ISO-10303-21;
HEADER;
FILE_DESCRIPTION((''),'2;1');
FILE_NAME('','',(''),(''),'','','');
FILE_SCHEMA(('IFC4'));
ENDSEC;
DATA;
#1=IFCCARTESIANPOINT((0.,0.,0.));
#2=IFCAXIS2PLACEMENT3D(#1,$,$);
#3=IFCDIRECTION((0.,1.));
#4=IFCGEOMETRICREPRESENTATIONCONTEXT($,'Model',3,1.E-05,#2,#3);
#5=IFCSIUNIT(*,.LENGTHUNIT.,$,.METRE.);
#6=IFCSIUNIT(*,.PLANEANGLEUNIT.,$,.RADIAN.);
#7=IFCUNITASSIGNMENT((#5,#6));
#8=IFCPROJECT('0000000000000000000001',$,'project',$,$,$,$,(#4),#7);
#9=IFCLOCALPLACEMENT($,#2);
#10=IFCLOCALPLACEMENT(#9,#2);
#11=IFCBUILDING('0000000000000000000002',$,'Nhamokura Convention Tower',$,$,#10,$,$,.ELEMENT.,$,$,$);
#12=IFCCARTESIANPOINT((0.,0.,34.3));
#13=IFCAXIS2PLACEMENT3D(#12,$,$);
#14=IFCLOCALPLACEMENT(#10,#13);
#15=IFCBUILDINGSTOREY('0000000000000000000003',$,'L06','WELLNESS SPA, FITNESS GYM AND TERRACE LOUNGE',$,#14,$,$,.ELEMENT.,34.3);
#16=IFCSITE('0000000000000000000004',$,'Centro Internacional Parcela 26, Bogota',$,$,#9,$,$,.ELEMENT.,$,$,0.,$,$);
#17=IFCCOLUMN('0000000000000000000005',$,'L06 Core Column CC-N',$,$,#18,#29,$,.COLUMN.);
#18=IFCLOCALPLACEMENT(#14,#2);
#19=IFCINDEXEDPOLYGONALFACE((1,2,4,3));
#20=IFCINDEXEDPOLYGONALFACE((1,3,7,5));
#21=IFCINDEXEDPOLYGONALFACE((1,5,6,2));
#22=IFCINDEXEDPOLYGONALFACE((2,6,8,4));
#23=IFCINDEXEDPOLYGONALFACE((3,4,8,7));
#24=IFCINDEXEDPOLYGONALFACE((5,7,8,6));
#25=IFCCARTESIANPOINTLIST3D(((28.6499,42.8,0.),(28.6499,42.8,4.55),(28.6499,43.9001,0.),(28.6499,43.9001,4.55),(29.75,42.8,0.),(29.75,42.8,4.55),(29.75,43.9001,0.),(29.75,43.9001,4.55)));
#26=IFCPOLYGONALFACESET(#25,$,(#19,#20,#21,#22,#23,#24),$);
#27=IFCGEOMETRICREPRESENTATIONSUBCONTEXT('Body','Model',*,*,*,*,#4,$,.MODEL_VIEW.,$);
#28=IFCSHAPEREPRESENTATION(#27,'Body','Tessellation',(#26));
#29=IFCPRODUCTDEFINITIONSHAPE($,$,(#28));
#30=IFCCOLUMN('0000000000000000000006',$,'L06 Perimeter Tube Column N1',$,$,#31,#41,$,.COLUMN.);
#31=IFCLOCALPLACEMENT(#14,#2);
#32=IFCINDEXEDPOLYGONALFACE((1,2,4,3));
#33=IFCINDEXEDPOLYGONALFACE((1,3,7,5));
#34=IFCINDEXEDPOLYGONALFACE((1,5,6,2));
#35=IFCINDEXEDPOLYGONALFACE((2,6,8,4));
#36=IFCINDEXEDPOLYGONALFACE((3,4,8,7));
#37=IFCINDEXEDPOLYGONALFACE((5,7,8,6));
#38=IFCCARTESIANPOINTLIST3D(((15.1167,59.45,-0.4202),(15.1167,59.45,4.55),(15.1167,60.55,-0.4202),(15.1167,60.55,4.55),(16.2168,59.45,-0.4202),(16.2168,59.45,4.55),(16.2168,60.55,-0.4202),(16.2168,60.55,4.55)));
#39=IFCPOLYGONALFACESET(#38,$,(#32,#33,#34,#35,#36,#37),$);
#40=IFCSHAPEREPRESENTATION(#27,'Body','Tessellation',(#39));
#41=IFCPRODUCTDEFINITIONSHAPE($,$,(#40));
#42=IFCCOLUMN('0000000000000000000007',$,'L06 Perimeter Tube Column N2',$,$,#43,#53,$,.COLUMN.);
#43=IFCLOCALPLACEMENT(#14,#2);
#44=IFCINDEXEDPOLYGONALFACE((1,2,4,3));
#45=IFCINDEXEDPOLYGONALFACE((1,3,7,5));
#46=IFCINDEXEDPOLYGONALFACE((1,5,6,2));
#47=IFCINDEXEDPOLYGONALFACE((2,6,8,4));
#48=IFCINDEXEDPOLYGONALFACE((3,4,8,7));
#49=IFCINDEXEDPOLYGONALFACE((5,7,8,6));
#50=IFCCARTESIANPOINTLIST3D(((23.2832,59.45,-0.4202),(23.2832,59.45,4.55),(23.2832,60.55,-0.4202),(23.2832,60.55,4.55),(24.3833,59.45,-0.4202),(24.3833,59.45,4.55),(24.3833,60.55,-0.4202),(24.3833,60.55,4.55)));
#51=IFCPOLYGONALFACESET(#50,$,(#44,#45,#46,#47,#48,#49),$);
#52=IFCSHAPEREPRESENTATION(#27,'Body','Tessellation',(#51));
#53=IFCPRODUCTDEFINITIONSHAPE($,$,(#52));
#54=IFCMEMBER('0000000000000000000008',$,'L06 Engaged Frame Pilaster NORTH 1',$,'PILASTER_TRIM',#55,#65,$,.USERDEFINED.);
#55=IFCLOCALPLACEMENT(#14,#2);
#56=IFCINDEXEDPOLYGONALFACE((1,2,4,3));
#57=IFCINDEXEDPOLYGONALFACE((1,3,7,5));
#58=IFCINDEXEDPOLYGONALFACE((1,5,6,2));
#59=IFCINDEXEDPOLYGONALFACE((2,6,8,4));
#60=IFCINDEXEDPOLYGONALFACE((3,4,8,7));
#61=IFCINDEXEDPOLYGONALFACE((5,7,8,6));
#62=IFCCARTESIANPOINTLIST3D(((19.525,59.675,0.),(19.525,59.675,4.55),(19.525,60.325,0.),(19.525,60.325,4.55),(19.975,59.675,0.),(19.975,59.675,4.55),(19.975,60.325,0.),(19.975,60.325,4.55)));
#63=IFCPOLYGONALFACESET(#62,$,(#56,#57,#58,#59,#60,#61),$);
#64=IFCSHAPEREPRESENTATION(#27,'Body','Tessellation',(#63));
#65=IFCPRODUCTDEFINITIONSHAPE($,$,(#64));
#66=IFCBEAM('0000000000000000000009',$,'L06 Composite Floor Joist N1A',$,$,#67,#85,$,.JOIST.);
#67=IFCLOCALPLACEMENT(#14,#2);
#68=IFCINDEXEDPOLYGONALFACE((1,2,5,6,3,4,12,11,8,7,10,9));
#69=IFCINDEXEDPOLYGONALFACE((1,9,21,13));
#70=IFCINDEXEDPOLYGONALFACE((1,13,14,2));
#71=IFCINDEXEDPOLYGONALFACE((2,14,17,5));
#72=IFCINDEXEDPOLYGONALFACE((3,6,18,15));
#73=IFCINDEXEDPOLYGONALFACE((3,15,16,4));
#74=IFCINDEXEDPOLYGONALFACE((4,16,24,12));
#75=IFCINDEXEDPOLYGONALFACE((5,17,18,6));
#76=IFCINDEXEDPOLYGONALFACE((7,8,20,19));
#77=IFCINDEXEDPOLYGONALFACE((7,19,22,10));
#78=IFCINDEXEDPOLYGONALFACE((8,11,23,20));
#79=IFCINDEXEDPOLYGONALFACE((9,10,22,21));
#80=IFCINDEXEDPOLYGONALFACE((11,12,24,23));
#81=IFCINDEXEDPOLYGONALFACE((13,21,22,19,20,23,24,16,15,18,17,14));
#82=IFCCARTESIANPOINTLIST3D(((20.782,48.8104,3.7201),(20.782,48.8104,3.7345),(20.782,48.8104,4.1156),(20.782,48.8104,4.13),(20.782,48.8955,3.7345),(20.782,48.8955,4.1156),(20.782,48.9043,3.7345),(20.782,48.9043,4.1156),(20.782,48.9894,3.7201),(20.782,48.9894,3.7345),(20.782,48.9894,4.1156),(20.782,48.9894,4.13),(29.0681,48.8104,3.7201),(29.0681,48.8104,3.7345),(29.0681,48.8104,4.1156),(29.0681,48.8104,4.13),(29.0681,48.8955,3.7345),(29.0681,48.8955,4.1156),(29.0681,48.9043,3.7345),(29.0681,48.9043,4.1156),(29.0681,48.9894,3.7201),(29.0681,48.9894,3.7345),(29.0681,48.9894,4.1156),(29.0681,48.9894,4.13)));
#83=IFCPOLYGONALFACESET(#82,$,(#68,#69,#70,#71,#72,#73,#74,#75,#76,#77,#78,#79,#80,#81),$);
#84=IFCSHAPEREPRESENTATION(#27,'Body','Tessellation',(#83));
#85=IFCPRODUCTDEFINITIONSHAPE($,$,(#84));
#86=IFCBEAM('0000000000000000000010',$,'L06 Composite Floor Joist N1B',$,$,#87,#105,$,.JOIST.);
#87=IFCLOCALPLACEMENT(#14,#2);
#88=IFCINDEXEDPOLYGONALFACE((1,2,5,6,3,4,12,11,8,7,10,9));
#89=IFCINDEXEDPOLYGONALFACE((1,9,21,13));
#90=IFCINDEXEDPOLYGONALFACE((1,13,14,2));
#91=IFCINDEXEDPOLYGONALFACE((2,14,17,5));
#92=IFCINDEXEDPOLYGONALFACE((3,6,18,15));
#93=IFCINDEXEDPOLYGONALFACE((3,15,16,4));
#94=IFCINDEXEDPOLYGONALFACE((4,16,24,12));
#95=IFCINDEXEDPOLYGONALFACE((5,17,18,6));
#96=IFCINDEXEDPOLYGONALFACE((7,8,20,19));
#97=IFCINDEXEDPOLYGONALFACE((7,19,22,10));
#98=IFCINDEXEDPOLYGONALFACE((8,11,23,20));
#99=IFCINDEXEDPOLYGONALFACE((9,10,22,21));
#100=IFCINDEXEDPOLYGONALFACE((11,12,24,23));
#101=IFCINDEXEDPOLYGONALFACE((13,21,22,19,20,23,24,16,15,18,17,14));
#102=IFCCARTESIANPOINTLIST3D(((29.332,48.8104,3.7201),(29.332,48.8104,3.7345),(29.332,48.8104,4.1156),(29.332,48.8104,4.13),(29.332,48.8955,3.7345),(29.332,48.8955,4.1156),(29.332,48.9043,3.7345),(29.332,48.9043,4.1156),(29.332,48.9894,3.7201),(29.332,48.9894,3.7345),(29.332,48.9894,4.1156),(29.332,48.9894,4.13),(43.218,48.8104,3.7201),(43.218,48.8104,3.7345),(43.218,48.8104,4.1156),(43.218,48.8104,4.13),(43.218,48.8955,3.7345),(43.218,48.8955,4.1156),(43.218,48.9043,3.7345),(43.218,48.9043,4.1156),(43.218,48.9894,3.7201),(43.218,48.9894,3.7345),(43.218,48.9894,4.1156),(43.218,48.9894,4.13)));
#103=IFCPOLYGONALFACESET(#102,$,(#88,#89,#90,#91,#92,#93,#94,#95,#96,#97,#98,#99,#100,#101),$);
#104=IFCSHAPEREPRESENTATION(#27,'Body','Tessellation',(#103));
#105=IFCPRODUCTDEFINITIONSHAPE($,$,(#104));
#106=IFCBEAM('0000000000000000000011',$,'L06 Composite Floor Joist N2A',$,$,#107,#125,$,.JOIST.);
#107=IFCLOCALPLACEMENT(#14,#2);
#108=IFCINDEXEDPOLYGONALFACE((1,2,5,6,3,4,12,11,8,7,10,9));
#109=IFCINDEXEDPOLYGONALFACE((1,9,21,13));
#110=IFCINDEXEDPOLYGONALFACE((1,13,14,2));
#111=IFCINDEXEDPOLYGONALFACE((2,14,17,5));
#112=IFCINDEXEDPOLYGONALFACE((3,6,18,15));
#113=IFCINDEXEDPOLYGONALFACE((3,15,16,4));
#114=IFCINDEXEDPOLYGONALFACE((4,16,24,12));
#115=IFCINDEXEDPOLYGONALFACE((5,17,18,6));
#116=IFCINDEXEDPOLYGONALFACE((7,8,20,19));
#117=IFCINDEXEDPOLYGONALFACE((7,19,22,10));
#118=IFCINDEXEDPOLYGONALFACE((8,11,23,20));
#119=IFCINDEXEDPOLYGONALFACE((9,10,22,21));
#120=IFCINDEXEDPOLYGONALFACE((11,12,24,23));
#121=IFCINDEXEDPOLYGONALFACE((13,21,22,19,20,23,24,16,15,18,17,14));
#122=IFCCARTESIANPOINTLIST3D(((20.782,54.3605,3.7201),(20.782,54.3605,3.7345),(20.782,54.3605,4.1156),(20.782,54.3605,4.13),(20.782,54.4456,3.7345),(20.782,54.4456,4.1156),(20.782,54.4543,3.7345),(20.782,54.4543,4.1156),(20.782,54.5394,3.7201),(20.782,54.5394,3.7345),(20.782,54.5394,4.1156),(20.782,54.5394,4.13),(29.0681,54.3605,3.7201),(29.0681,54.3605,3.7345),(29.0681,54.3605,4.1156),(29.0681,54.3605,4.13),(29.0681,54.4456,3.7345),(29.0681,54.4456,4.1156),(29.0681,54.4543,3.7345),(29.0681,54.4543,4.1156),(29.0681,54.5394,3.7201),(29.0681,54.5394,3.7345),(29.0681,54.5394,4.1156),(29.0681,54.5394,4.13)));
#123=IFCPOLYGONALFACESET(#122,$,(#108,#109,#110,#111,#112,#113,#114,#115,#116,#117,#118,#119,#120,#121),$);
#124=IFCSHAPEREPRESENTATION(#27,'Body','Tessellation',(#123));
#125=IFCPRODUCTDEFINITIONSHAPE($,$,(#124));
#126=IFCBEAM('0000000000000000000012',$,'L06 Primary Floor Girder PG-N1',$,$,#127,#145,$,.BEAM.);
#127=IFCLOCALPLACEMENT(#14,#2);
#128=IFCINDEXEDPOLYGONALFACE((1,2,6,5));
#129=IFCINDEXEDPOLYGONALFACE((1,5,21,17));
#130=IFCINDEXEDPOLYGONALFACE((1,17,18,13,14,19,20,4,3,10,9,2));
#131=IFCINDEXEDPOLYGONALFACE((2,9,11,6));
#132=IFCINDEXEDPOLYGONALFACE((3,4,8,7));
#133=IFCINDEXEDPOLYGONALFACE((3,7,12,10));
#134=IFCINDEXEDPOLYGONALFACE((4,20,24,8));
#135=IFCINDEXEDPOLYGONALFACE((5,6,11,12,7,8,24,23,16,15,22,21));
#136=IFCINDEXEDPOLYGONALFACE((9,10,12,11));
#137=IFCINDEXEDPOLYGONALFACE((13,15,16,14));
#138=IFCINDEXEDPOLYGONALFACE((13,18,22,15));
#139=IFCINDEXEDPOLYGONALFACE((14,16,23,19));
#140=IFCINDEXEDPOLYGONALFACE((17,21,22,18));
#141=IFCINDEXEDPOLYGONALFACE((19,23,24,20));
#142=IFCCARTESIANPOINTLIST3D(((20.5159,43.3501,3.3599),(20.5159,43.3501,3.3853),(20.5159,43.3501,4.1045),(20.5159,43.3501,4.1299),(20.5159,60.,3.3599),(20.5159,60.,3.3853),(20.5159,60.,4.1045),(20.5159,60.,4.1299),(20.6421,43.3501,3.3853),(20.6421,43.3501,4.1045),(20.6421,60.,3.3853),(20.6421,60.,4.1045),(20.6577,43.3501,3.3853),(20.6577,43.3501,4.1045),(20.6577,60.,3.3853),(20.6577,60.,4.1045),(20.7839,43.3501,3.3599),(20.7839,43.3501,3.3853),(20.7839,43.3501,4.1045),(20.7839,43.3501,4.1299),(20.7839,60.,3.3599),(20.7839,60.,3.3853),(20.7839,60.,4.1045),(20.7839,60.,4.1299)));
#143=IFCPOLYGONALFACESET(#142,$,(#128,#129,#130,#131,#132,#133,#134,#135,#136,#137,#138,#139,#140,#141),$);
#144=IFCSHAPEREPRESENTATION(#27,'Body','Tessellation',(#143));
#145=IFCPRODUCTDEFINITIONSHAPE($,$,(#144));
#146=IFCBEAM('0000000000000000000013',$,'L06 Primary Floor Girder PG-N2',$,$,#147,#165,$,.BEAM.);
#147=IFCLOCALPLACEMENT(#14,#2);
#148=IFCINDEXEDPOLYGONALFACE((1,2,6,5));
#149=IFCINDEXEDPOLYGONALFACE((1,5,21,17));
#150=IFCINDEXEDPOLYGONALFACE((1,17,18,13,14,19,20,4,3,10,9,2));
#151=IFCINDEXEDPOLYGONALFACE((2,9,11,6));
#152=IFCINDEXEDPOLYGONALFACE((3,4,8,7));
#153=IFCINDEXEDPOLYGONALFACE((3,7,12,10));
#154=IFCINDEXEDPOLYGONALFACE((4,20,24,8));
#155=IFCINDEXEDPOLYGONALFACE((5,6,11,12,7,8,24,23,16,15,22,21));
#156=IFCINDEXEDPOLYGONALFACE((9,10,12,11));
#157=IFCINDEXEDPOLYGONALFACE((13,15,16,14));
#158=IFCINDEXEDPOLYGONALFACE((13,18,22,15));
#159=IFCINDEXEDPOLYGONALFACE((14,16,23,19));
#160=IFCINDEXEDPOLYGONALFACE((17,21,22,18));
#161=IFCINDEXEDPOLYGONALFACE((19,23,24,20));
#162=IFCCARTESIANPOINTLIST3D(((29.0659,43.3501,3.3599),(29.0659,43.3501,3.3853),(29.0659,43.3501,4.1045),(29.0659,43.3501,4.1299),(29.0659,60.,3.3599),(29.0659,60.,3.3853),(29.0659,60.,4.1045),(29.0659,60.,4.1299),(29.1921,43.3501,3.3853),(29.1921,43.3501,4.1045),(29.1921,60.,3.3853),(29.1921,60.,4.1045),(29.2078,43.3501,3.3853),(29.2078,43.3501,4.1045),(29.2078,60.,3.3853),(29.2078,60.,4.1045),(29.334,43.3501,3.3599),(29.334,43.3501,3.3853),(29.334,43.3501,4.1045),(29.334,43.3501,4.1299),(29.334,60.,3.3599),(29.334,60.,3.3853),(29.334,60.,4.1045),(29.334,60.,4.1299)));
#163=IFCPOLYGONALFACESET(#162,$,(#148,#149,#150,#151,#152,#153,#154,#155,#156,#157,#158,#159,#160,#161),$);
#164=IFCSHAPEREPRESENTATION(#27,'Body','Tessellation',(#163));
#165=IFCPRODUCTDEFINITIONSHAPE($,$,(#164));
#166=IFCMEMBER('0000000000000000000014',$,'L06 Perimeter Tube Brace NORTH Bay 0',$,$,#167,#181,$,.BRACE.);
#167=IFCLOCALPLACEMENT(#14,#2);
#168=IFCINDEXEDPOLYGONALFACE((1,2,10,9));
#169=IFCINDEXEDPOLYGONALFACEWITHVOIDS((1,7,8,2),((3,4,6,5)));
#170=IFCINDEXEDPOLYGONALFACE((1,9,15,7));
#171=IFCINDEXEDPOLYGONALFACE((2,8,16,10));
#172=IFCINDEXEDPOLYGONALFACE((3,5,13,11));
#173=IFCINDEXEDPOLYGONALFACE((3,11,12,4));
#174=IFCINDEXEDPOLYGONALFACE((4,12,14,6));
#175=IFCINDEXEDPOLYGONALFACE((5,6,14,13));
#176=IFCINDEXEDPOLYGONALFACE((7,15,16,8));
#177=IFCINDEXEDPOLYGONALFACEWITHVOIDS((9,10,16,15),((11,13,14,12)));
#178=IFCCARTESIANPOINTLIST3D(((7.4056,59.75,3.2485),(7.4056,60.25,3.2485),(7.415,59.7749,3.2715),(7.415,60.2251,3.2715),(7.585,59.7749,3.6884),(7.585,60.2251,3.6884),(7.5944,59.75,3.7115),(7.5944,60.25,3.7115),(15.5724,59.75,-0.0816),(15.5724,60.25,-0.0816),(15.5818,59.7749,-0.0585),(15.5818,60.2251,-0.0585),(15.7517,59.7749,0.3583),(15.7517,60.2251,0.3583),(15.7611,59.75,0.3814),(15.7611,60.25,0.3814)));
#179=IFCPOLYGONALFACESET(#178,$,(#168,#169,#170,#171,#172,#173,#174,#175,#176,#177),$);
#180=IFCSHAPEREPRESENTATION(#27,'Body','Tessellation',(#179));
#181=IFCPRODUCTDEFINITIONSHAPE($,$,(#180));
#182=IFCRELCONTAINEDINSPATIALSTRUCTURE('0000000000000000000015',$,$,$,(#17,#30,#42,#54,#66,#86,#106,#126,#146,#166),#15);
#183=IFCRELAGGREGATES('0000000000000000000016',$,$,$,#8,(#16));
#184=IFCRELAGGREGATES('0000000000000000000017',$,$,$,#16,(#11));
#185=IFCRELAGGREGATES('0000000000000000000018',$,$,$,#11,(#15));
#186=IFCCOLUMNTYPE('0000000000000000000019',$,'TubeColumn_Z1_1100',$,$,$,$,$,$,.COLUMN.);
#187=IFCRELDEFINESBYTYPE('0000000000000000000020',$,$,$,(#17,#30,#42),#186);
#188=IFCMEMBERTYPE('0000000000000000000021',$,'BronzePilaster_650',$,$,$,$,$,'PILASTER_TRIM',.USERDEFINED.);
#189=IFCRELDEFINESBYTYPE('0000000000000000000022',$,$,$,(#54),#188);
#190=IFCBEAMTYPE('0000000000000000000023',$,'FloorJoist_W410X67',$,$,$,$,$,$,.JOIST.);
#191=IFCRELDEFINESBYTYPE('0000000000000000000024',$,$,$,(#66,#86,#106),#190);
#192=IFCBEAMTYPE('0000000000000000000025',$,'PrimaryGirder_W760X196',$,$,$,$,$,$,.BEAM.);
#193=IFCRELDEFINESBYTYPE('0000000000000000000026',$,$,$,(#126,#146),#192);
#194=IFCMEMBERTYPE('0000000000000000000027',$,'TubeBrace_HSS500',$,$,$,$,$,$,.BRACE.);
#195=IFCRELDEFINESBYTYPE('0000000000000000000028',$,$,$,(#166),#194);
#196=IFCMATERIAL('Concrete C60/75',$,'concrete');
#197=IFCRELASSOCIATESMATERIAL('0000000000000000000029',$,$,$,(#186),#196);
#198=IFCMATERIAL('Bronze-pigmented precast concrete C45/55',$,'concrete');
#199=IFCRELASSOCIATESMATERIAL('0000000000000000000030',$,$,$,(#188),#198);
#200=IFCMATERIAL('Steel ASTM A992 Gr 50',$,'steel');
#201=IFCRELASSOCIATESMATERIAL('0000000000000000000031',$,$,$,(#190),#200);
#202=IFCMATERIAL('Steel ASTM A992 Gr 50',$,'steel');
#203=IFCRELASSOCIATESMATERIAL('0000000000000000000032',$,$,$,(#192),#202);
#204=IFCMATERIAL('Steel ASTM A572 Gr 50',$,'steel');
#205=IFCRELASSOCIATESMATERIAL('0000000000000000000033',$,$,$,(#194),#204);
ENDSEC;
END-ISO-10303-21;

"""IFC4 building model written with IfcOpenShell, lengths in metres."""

from ifc_helpers import new_model, si_unit, direction, frame, origin, origin_2d, place, context, subcontext, project, spatial, rectangle, hollow_rectangle, i_section, extrude, material, material_profile, profile_set, type_object, element, save


model = new_model("IFC4")

# Units and contexts
model_context = context("Model", 3, precision=1e-05, world=origin(), true_north=direction((0.0, 1.0)))
body_context = subcontext(model_context, "Body", "Model", "MODEL_VIEW")
ifc_project = project(units=[si_unit("LENGTHUNIT", "METRE"), si_unit("PLANEANGLEUNIT", "RADIAN")], contexts=[model_context])

# Site, building, storey
site_placement = place(None, origin())
site = spatial("IfcSite", under=ifc_project, at=site_placement, Name="Centro Internacional Parcela 26, Bogota", CompositionType="ELEMENT", RefElevation=0.0)
building_placement = place(site_placement, origin())
building = spatial("IfcBuilding", under=site, at=building_placement, Name="Nhamokura Convention Tower", CompositionType="ELEMENT")
storey_placement = place(building_placement, frame((0.0, 0.0, 34.3)))
storey = spatial("IfcBuildingStorey", under=building, at=storey_placement, Name="L06", Description="WELLNESS SPA, FITNESS GYM AND TERRACE LOUNGE", CompositionType="ELEMENT", Elevation=34.3)

# Columns
ifc_material_1 = material(Name="Concrete C60/75", Category="concrete")
ifc_material_profile_1 = material_profile(ifc_material_1, rectangle(XDim=1.1001, YDim=1.1001, at=origin_2d()))
ifc_profile_set_1 = profile_set([ifc_material_profile_1], Name="Concrete C60/75")
column_type = type_object("IfcColumnType", Name="TubeColumn_Z1_1100", PredefinedType="COLUMN", material=ifc_profile_set_1)
column_placement = place(storey_placement, frame((29.2, 43.3501, 0.0), z_axis=(0.0, 0.0, 1.0), x_axis=(1.0, 0.0, 0.0)))
element("IfcColumn", 1, at=column_placement, inside=storey, type_object=column_type, Name="L06 Core Column CC-N", PredefinedType="COLUMN", context=body_context, shape_type="SweptSolid", body=[
    extrude(rectangle(XDim=1.1001, YDim=1.1001, at=origin_2d()), origin(), (0.0, 0.0, 1.0), 4.55),
])
for number, where, z_axis, x_axis, name in (
    (2, (15.6667, 60.0, -0.4202), (0.0, 0.0, 1.0), (1.0, 0.0, 0.0), "L06 Perimeter Tube Column N1"),
    (3, (23.8333, 60.0, -0.4202), (0.0, 0.0, 1.0), (1.0, 0.0, 0.0), "L06 Perimeter Tube Column N2"),
):
    element("IfcColumn", number, at=place(storey_placement, frame(where, z_axis=z_axis, x_axis=x_axis)), inside=storey, type_object=column_type, Name=name, PredefinedType="COLUMN", context=body_context, shape_type="SweptSolid", body=[
        extrude(rectangle(XDim=1.1001, YDim=1.1001, at=origin_2d()), origin(), (0.0, 0.0, 1.0), 4.9702),
    ])

# Member
ifc_material_2 = material(Name="Bronze-pigmented precast concrete C45/55", Category="concrete")
ifc_material_profile_2 = material_profile(ifc_material_2, rectangle(XDim=0.45, YDim=0.6499, at=origin_2d()))
ifc_profile_set_2 = profile_set([ifc_material_profile_2], Name="Bronze-pigmented precast concrete C45/55")
member_type_1 = type_object("IfcMemberType", Name="BronzePilaster_650", ElementType="PILASTER_TRIM", PredefinedType="USERDEFINED", material=ifc_profile_set_2)
member_1_placement = place(storey_placement, frame((19.75, 60.0, 0.0), z_axis=(0.0, 0.0, 1.0), x_axis=(1.0, 0.0, 0.0)))
element("IfcMember", 4, at=member_1_placement, inside=storey, type_object=member_type_1, Name="L06 Engaged Frame Pilaster NORTH 1", ObjectType="PILASTER_TRIM", PredefinedType="USERDEFINED", context=body_context, shape_type="SweptSolid", body=[
    extrude(rectangle(XDim=0.45, YDim=0.6499, at=origin_2d()), origin(), (0.0, 0.0, 1.0), 4.55),
])

# Beams
ifc_material_3 = material(Name="Steel ASTM A992 Gr 50", Category="steel")
ifc_material_profile_3 = material_profile(ifc_material_3, i_section(OverallWidth=0.179, OverallDepth=0.4099, WebThickness=0.0088, FlangeThickness=0.0144, at=origin_2d()))
ifc_profile_set_3 = profile_set([ifc_material_profile_3], Name="Steel ASTM A992 Gr 50")
beam_type_1 = type_object("IfcBeamType", Name="FloorJoist_W410X67", PredefinedType="JOIST", material=ifc_profile_set_3)
beam_1_placement = place(storey_placement, frame((20.782, 48.8999, 3.925), z_axis=(1.0, 0.0, 0.0), x_axis=(0.0, 1.0, 0.0)))
element("IfcBeam", 5, at=beam_1_placement, inside=storey, type_object=beam_type_1, Name="L06 Composite Floor Joist N1A", PredefinedType="JOIST", context=body_context, shape_type="SweptSolid", body=[
    extrude(i_section(OverallWidth=0.179, OverallDepth=0.4099, WebThickness=0.0088, FlangeThickness=0.0144, at=origin_2d()), origin(), (0.0, 0.0, 1.0), 8.2861),
])
beam_2_placement = place(storey_placement, frame((29.332, 48.8999, 3.925), z_axis=(1.0, 0.0, 0.0), x_axis=(0.0, 1.0, 0.0)))
element("IfcBeam", 6, at=beam_2_placement, inside=storey, type_object=beam_type_1, Name="L06 Composite Floor Joist N1B", PredefinedType="JOIST", context=body_context, shape_type="SweptSolid", body=[
    extrude(i_section(OverallWidth=0.179, OverallDepth=0.4099, WebThickness=0.0088, FlangeThickness=0.0144, at=origin_2d()), origin(), (0.0, 0.0, 1.0), 13.886),
])
beam_3_placement = place(storey_placement, frame((20.782, 54.45, 3.925), z_axis=(1.0, 0.0, 0.0), x_axis=(0.0, 1.0, 0.0)))
element("IfcBeam", 7, at=beam_3_placement, inside=storey, type_object=beam_type_1, Name="L06 Composite Floor Joist N2A", PredefinedType="JOIST", context=body_context, shape_type="SweptSolid", body=[
    extrude(i_section(OverallWidth=0.179, OverallDepth=0.4099, WebThickness=0.0088, FlangeThickness=0.0144, at=origin_2d()), origin(), (0.0, 0.0, 1.0), 8.2861),
])
ifc_material_4 = material(Name="Steel ASTM A992 Gr 50", Category="steel")
ifc_material_profile_4 = material_profile(ifc_material_4, i_section(OverallWidth=0.2681, OverallDepth=0.77, WebThickness=0.0156, FlangeThickness=0.0254, at=origin_2d()))
ifc_profile_set_4 = profile_set([ifc_material_profile_4], Name="Steel ASTM A992 Gr 50")
beam_type_2 = type_object("IfcBeamType", Name="PrimaryGirder_W760X196", PredefinedType="BEAM", material=ifc_profile_set_4)
for number, where, z_axis, x_axis, name in (
    (8, (20.6499, 43.3501, 3.7449), (0.0, 1.0, 0.0), (-1.0, 0.0, 0.0), "L06 Primary Floor Girder PG-N1"),
    (9, (29.2, 43.3501, 3.7449), (0.0, 1.0, 0.0), (-1.0, 0.0, 0.0), "L06 Primary Floor Girder PG-N2"),
):
    element("IfcBeam", number, at=place(storey_placement, frame(where, z_axis=z_axis, x_axis=x_axis)), inside=storey, type_object=beam_type_2, Name=name, PredefinedType="BEAM", context=body_context, shape_type="SweptSolid", body=[
        extrude(i_section(OverallWidth=0.2681, OverallDepth=0.77, WebThickness=0.0156, FlangeThickness=0.0254, at=origin_2d()), origin(), (0.0, 0.0, 1.0), 16.6499),
    ])

# Member
ifc_material_5 = material(Name="Steel ASTM A572 Gr 50", Category="steel")
ifc_material_profile_5 = material_profile(ifc_material_5, hollow_rectangle(XDim=0.5, YDim=0.5, WallThickness=0.0249, at=origin_2d()))
ifc_profile_set_5 = profile_set([ifc_material_profile_5], Name="Steel ASTM A572 Gr 50")
member_type_2 = type_object("IfcMemberType", Name="TubeBrace_HSS500", PredefinedType="BRACE", material=ifc_profile_set_5)
member_2_placement = place(storey_placement, frame((15.6667, 60.0, 0.1499), z_axis=(-0.925978, 0.0, 0.377577), x_axis=(0.0, -1.0, 0.0)))
element("IfcMember", 10, at=member_2_placement, inside=storey, type_object=member_type_2, Name="L06 Perimeter Tube Brace NORTH Bay 0", PredefinedType="BRACE", context=body_context, shape_type="SweptSolid", body=[
    extrude(hollow_rectangle(XDim=0.5, YDim=0.5, WallThickness=0.0249, at=origin_2d()), origin(), (0.0, 0.0, 1.0), 8.8196),
])

save(model, "model.ifc")
